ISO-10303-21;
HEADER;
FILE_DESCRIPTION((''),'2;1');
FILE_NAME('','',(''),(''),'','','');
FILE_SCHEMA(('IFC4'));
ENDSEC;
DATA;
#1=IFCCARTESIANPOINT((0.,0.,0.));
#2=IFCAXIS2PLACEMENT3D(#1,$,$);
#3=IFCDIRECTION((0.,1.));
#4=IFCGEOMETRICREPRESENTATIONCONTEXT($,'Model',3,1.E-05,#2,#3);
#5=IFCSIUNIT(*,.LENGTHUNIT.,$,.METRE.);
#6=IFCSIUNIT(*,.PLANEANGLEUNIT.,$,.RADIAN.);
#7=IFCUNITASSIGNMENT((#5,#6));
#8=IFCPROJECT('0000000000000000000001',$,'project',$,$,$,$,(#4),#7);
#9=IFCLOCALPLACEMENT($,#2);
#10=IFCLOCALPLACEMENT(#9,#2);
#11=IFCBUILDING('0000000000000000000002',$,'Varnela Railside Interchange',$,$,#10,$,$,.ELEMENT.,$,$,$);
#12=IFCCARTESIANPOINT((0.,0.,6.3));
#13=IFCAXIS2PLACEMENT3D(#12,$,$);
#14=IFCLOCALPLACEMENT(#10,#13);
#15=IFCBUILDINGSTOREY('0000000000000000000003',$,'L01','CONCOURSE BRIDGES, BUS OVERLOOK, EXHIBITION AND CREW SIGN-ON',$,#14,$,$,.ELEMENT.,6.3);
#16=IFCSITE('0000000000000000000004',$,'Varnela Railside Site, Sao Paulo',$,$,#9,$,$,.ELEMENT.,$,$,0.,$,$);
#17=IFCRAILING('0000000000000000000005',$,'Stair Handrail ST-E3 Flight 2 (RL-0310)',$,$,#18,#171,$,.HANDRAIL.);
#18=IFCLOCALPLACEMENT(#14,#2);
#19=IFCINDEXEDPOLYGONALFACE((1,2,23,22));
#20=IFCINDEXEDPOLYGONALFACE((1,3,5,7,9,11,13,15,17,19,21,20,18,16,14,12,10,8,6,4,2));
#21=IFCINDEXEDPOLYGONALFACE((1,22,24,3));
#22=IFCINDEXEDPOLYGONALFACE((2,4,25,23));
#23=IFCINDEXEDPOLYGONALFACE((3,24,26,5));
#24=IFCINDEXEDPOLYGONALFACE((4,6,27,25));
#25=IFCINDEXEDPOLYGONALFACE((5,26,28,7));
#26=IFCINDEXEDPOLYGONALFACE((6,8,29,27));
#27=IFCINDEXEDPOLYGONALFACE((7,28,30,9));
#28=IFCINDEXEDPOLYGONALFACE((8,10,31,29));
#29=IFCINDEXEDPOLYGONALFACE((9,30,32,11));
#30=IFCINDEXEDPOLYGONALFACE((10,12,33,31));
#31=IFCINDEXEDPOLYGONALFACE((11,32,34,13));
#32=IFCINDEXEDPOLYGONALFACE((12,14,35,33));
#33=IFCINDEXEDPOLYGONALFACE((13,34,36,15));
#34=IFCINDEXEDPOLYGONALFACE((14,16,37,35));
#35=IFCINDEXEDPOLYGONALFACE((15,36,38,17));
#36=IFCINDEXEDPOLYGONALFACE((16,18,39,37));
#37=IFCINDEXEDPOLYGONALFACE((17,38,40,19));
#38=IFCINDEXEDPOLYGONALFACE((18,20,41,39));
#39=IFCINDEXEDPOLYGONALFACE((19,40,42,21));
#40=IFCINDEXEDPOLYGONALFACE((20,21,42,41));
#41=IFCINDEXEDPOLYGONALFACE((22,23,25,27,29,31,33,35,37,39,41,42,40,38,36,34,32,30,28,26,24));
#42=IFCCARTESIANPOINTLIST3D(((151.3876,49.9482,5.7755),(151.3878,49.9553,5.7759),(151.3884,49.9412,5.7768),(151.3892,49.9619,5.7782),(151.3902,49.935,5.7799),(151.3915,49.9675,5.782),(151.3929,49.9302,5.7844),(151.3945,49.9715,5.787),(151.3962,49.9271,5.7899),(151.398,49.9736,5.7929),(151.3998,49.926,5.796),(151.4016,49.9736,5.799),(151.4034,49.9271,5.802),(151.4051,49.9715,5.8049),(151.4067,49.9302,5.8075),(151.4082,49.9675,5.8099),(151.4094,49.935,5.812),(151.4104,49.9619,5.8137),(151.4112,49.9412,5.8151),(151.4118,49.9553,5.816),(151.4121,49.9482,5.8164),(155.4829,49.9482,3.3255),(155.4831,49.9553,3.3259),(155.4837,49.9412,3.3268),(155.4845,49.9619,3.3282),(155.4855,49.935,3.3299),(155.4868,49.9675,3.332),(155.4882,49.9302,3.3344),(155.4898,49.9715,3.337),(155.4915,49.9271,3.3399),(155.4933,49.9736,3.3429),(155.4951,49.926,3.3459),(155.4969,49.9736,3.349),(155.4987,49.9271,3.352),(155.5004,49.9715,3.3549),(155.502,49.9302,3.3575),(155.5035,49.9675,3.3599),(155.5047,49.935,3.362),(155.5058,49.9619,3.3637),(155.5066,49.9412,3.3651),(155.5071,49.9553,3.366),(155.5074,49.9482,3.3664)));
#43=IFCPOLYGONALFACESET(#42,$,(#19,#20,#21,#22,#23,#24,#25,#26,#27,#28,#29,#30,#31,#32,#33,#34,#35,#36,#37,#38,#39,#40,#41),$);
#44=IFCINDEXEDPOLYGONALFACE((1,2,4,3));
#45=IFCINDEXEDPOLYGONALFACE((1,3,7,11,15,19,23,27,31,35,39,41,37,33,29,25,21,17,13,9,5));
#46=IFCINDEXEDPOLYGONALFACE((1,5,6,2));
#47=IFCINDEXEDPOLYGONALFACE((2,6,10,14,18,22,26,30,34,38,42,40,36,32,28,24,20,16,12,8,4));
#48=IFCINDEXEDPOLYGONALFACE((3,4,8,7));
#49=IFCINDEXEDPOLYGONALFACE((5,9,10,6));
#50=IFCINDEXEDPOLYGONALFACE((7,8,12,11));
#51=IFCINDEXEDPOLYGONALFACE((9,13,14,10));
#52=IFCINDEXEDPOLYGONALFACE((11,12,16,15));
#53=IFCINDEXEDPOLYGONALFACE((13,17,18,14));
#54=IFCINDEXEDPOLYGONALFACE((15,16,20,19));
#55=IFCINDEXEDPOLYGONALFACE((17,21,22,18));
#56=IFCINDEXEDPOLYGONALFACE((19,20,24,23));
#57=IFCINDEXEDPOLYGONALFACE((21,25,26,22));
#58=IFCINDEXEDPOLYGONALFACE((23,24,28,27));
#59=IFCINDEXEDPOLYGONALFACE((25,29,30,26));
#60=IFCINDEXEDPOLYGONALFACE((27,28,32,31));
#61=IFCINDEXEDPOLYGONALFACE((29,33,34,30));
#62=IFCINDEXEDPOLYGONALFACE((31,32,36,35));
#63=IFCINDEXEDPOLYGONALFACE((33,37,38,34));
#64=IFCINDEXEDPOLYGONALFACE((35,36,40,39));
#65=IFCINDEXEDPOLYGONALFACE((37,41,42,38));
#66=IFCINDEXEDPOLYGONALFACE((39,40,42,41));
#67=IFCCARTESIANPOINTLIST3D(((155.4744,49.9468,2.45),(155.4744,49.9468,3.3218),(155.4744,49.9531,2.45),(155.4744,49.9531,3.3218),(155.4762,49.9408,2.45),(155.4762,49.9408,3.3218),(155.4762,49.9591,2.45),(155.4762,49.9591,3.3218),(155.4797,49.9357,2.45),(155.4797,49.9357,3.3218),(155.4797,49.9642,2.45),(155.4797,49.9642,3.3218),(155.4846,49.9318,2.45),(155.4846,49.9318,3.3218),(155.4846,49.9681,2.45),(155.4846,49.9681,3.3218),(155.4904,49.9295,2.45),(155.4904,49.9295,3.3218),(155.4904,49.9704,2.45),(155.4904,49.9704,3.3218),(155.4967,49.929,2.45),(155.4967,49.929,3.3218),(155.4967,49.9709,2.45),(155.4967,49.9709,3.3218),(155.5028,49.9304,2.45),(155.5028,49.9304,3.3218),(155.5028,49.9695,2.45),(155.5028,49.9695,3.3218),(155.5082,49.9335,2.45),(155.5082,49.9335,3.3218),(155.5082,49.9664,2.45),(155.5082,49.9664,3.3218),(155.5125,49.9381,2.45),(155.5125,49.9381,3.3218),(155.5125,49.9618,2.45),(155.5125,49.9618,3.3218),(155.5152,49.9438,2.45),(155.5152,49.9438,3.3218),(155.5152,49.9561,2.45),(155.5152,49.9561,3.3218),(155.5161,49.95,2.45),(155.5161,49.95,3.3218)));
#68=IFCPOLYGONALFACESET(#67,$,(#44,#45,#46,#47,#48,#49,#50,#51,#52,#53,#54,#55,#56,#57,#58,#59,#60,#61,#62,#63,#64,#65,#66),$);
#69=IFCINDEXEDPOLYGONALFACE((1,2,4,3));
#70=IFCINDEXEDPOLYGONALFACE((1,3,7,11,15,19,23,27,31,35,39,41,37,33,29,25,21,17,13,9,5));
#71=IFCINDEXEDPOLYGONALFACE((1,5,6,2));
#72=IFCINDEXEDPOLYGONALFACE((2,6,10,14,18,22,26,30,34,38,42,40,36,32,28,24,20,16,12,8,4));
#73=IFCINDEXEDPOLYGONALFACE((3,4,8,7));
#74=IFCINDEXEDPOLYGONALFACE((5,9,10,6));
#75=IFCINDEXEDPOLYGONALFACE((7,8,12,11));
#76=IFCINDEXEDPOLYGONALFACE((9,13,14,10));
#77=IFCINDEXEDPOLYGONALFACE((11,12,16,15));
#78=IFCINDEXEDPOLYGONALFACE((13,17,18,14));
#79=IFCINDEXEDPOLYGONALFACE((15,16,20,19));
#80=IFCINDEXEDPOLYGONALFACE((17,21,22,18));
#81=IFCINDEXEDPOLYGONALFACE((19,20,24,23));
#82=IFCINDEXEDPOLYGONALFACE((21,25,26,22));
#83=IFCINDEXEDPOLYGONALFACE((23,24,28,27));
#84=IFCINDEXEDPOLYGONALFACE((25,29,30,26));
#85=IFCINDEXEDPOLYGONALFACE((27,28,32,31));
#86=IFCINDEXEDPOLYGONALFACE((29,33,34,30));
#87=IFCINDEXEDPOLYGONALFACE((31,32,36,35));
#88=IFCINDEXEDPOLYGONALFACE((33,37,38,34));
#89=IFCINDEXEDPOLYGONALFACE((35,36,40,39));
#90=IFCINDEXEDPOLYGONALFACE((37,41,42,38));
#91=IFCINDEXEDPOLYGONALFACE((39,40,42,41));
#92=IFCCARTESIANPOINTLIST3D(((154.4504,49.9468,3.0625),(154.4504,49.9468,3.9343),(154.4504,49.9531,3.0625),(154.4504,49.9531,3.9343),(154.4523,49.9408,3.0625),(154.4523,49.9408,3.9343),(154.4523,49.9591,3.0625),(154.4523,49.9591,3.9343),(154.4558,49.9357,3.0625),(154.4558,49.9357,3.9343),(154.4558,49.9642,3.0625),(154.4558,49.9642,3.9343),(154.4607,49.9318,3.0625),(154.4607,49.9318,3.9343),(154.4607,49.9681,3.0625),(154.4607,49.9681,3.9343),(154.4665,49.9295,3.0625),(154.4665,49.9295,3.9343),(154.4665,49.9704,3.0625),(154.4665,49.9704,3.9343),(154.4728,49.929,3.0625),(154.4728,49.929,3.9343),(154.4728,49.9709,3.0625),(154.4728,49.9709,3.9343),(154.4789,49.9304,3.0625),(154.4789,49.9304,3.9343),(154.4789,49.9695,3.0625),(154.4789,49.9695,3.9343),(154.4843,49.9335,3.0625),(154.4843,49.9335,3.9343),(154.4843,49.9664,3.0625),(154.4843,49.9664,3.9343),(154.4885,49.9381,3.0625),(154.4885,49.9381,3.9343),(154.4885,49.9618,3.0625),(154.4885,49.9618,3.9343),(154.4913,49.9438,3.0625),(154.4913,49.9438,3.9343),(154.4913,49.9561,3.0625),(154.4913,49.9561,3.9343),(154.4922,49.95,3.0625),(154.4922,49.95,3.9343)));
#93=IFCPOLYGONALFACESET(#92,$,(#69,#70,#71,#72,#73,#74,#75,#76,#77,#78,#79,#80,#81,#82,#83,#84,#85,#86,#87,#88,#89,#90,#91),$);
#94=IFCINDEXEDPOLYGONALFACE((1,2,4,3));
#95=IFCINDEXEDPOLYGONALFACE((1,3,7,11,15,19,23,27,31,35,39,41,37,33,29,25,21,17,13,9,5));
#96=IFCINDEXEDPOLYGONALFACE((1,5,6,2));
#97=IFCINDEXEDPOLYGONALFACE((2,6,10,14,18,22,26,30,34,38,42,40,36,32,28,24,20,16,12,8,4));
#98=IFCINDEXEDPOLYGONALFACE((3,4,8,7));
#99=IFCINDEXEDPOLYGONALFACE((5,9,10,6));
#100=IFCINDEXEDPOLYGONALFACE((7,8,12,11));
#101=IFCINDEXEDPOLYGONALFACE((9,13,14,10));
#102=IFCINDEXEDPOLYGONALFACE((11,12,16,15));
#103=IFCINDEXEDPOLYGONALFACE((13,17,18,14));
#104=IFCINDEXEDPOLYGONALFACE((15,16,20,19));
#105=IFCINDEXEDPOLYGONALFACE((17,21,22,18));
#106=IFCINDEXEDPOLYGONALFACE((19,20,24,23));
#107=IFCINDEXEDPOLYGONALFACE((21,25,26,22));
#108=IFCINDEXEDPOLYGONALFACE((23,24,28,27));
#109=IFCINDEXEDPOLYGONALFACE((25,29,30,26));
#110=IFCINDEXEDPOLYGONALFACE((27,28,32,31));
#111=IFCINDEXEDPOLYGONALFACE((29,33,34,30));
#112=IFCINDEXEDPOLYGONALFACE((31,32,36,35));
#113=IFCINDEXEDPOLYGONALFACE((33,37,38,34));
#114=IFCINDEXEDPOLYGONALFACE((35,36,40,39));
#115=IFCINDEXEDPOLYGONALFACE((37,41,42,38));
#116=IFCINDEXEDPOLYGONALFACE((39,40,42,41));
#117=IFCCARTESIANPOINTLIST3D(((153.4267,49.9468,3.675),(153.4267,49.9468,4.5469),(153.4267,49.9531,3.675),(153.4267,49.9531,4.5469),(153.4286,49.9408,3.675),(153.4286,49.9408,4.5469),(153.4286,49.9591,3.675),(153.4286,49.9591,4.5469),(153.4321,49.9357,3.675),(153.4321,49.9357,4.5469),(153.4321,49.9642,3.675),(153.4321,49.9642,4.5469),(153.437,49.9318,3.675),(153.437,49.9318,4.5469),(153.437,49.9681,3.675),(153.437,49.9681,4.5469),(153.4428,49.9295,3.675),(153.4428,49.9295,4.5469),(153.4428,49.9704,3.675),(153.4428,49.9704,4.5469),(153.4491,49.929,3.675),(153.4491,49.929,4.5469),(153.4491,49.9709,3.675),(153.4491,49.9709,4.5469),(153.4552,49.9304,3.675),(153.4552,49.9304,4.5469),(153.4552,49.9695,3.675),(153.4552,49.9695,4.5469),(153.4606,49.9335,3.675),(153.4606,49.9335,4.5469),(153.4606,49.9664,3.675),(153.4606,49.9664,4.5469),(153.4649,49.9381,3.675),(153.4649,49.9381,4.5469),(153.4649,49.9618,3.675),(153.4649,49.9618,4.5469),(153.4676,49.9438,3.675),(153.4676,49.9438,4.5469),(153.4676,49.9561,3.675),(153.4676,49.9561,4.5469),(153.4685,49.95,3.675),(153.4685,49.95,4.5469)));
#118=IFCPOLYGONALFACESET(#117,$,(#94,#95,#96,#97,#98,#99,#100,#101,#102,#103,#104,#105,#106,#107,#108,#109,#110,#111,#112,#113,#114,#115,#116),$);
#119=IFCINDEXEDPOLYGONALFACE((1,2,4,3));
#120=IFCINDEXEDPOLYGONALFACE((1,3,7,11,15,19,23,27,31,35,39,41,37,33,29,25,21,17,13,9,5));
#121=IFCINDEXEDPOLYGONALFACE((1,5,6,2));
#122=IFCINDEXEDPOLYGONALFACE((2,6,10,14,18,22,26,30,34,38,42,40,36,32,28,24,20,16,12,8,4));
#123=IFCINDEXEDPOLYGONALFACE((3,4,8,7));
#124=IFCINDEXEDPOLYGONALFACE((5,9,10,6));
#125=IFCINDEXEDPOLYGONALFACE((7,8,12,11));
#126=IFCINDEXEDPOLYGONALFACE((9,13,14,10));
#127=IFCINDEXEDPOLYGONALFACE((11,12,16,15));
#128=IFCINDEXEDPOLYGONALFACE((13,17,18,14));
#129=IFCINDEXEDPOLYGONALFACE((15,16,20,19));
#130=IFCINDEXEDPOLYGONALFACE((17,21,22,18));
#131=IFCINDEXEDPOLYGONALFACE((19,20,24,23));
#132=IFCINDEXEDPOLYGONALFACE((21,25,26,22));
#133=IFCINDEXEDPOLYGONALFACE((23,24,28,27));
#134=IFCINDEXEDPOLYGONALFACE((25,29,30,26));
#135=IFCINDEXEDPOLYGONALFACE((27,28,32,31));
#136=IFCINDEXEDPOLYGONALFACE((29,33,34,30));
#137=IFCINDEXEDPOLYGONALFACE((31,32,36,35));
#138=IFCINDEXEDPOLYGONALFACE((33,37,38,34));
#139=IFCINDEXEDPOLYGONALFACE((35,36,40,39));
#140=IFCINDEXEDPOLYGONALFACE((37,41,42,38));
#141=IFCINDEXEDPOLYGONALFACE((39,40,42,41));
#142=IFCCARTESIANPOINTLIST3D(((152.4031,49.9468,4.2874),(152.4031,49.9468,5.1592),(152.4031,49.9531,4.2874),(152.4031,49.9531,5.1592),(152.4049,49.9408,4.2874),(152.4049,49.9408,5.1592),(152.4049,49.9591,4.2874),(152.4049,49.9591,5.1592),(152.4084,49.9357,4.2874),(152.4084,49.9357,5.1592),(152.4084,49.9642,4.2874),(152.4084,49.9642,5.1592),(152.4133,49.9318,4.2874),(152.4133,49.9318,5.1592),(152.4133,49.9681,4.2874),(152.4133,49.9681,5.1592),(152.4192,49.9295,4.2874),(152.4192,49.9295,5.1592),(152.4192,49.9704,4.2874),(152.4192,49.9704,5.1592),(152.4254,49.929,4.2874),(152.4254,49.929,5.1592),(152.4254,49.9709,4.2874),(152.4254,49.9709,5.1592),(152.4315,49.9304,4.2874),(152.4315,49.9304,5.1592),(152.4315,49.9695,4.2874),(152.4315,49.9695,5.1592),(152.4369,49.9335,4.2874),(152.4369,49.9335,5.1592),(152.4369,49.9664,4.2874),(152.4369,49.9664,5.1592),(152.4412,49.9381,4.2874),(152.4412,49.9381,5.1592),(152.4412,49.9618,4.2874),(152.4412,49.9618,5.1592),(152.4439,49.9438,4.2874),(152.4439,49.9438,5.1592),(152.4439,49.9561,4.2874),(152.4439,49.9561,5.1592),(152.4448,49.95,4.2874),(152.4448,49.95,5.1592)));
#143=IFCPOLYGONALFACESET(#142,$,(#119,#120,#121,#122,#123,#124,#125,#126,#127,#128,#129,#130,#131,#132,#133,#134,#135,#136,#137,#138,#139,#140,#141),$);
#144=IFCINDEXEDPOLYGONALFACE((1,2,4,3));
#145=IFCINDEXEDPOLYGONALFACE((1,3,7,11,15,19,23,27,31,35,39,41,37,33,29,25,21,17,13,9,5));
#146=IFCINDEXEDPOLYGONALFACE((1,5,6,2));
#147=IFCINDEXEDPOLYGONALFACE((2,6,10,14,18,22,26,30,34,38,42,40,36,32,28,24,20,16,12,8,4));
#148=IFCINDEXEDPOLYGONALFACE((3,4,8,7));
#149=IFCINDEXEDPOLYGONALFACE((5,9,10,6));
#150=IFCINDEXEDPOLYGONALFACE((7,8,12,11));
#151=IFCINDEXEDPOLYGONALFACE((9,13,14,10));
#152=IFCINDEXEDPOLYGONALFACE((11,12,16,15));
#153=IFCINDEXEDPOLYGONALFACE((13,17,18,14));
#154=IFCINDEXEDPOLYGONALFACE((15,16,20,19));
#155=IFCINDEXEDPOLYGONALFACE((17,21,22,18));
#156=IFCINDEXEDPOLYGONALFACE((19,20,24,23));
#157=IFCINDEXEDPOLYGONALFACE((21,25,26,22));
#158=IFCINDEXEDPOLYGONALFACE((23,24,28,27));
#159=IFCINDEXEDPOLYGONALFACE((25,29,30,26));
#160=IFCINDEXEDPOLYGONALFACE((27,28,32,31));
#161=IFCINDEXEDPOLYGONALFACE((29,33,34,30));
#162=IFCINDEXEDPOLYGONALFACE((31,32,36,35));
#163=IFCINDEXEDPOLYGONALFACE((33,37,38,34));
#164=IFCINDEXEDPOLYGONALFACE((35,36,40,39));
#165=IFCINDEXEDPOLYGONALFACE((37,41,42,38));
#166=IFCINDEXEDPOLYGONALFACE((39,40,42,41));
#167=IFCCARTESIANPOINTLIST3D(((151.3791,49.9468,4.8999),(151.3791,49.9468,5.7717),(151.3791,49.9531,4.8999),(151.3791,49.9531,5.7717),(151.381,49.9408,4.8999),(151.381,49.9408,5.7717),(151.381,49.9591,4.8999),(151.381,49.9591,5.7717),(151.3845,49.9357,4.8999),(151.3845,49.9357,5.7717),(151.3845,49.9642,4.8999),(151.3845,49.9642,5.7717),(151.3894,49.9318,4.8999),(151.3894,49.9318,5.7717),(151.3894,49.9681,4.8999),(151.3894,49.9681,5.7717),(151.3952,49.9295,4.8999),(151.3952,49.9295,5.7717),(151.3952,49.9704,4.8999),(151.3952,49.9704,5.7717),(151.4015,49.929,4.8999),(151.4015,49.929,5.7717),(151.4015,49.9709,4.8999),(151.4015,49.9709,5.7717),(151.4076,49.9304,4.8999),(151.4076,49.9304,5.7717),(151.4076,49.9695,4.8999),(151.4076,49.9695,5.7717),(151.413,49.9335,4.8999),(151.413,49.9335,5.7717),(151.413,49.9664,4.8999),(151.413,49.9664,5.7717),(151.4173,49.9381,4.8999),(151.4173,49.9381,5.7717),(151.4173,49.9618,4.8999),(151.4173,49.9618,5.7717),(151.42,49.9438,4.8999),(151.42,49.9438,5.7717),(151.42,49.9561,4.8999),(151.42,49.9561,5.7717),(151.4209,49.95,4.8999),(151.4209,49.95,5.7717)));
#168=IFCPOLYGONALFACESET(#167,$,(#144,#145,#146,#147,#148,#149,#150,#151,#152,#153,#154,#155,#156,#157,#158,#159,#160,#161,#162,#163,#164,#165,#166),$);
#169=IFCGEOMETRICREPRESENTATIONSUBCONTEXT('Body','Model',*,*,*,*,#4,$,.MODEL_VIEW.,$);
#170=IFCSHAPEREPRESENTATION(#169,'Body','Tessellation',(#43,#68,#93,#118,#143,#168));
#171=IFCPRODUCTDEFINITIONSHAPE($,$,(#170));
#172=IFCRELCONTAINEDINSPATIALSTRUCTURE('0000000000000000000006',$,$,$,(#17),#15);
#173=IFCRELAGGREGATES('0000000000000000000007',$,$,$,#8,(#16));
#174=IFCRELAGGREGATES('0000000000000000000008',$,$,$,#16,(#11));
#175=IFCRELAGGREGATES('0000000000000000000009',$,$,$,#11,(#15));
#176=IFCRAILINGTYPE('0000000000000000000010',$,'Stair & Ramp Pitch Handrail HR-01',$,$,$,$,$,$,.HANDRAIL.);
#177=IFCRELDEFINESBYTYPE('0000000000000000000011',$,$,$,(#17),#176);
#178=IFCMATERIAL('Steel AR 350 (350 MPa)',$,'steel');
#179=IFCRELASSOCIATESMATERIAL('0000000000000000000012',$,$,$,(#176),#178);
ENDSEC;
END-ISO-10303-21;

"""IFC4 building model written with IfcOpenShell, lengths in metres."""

from ifc_helpers import new_model, si_unit, direction, frame, origin, origin_2d, place, context, subcontext, project, spatial, circle, extrude, material, type_object, element, save


model = new_model("IFC4")

# Units and contexts
model_context = context("Model", 3, precision=1e-05, world=origin(), true_north=direction((0.0, 1.0)))
body_context = subcontext(model_context, "Body", "Model", "MODEL_VIEW")
ifc_project = project(units=[si_unit("LENGTHUNIT", "METRE"), si_unit("PLANEANGLEUNIT", "RADIAN")], contexts=[model_context])

# Site, building, storey
site_placement = place(None, origin())
site = spatial("IfcSite", under=ifc_project, at=site_placement, Name="Varnela Railside Site, Sao Paulo", CompositionType="ELEMENT", RefElevation=0.0)
building_placement = place(site_placement, origin())
building = spatial("IfcBuilding", under=site, at=building_placement, Name="Varnela Railside Interchange", CompositionType="ELEMENT")
storey_placement = place(building_placement, frame((0.0, 0.0, 6.3)))
storey = spatial("IfcBuildingStorey", under=building, at=storey_placement, Name="L01", Description="CONCOURSE BRIDGES, BUS OVERLOOK, EXHIBITION AND CREW SIGN-ON", CompositionType="ELEMENT", Elevation=6.3)

# Shared definitions
ifc_material_1 = material(Name="Steel AR 350 (350 MPa)", Category="steel")

# Railing
railing_type_1 = type_object("IfcRailingType", Name="Stair & Ramp Pitch Handrail HR-01", PredefinedType="HANDRAIL", material=ifc_material_1)
railing_1_placement = place(storey_placement, frame((155.4951, 49.95, 2.45)))
element("IfcRailing", 1, at=railing_1_placement, inside=storey, type_object=railing_type_1, Name="Stair Handrail ST-E3 Flight 2 (RL-0310)", PredefinedType="HANDRAIL", context=body_context, shape_type="SweptSolid", body=[
    extrude(circle(Radius=0.0239, at=origin_2d()), frame((0.0, 0.0, 0.896), z_axis=(-0.858156, 0.0, 0.513389), x_axis=(0.0, -1.0, 0.0)), (0.0, 0.0, 1.0), 4.7722),
    extrude(circle(Radius=0.021, at=origin_2d()), origin(), (0.0, 0.0, 1.0), 0.8718),
    extrude(circle(Radius=0.021, at=origin_2d()), frame((-1.0239, 0.0, 0.6125)), (0.0, 0.0, 1.0), 0.8718),
    extrude(circle(Radius=0.021, at=origin_2d()), frame((-2.0476, 0.0, 1.2251)), (0.0, 0.0, 1.0), 0.8718),
    extrude(circle(Radius=0.021, at=origin_2d()), frame((-3.0713, 0.0, 1.8374)), (0.0, 0.0, 1.0), 0.8718),
    extrude(circle(Radius=0.021, at=origin_2d()), frame((-4.0952, 0.0, 2.45)), (0.0, 0.0, 1.0), 0.8718),
])

save(model, "model.ifc")
